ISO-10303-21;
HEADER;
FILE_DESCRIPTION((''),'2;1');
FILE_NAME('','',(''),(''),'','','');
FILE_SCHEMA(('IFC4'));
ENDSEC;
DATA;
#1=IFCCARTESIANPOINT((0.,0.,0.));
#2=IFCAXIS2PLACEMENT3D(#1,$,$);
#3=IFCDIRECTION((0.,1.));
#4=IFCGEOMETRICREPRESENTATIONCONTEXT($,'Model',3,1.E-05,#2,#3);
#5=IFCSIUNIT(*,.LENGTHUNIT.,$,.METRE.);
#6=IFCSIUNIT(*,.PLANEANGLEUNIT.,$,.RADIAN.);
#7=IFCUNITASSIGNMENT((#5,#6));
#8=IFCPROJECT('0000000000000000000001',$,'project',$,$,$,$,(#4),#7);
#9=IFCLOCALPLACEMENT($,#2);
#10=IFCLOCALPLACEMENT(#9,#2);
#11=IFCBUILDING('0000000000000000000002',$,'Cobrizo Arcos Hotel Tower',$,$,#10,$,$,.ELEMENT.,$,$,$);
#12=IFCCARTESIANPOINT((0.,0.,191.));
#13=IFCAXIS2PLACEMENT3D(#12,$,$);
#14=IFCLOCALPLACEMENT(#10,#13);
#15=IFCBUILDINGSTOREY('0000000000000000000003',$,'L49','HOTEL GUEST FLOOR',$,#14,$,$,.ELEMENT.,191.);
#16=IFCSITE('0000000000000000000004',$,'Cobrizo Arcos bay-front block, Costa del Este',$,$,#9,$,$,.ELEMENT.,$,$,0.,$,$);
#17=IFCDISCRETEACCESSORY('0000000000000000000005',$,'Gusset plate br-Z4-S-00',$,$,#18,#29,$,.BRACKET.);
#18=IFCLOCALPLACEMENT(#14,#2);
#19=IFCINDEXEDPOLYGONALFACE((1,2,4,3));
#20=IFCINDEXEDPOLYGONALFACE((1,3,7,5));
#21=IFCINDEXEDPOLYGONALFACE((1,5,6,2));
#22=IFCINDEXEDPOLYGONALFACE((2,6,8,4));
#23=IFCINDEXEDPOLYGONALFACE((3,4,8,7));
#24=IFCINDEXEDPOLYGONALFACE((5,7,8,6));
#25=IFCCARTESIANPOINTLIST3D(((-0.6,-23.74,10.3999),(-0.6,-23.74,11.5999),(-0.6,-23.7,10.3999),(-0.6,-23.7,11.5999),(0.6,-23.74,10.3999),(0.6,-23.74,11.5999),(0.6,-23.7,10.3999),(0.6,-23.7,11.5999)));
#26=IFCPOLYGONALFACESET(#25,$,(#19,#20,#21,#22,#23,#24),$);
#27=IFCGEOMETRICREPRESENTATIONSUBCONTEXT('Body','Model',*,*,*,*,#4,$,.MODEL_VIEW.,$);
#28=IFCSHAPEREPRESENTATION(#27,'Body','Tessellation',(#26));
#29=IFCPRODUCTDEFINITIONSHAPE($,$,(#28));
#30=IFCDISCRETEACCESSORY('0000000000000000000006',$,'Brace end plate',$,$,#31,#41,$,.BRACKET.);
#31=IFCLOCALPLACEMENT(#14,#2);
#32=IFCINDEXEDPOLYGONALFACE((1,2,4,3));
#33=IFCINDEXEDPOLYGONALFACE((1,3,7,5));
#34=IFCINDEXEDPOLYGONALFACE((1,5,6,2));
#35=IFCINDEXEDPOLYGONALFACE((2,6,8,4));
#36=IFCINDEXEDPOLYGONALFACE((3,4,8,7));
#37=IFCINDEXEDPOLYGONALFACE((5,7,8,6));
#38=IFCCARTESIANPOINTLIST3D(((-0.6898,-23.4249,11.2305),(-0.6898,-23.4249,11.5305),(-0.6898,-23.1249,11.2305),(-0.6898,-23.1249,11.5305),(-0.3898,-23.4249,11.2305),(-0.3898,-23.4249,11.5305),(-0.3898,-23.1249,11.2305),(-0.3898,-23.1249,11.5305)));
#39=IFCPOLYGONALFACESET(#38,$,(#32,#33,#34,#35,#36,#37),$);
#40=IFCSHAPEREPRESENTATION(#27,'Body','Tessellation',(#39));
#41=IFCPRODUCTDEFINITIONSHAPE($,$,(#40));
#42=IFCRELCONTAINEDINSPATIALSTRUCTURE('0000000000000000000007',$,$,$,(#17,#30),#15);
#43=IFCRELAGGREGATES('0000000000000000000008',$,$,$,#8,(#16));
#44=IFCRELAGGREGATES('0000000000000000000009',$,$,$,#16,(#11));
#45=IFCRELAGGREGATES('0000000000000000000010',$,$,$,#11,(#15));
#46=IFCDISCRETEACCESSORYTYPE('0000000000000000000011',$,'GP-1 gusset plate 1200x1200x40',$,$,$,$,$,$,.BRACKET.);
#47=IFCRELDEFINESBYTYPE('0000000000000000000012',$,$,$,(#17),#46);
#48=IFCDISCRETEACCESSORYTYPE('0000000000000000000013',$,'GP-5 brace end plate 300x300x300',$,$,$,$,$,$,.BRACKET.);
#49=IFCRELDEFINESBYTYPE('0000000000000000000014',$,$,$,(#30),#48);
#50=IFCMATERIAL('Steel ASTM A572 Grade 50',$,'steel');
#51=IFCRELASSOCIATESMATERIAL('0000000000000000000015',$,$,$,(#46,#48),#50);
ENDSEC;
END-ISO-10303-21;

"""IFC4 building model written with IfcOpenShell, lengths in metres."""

from ifc_helpers import new_model, si_unit, direction, frame, origin, origin_2d, place, context, subcontext, project, spatial, rectangle, extrude, material, type_object, element, save


model = new_model("IFC4")

# Units and contexts
model_context = context("Model", 3, precision=1e-05, world=origin(), true_north=direction((0.0, 1.0)))
body_context = subcontext(model_context, "Body", "Model", "MODEL_VIEW")
ifc_project = project(units=[si_unit("LENGTHUNIT", "METRE"), si_unit("PLANEANGLEUNIT", "RADIAN")], contexts=[model_context])

# Site, building, storey
site_placement = place(None, origin())
site = spatial("IfcSite", under=ifc_project, at=site_placement, Name="Cobrizo Arcos bay-front block, Costa del Este", CompositionType="ELEMENT", RefElevation=0.0)
building_placement = place(site_placement, origin())
building = spatial("IfcBuilding", under=site, at=building_placement, Name="Cobrizo Arcos Hotel Tower", CompositionType="ELEMENT")
storey_placement = place(building_placement, frame((0.0, 0.0, 191.0)))
storey = spatial("IfcBuildingStorey", under=building, at=storey_placement, Name="L49", Description="HOTEL GUEST FLOOR", CompositionType="ELEMENT", Elevation=191.0)

# Shared definitions
ifc_material_1 = material(Name="Steel ASTM A572 Grade 50", Category="steel")

# Discrete accessories
discrete_accessory_type_1 = type_object("IfcDiscreteAccessoryType", Name="GP-1 gusset plate 1200x1200x40", PredefinedType="BRACKET", material=ifc_material_1)
discrete_accessory_1_placement = place(storey_placement, frame((0.0, -23.72, 10.3999), z_axis=(0.0, 0.0, 1.0), x_axis=(1.0, 0.0, 0.0)))
element("IfcDiscreteAccessory", 1, at=discrete_accessory_1_placement, inside=storey, type_object=discrete_accessory_type_1, Name="Gusset plate br-Z4-S-00", PredefinedType="BRACKET", context=body_context, shape_type="SweptSolid", body=[
    extrude(rectangle(XDim=1.2, YDim=0.04, at=origin_2d()), origin(), (0.0, 0.0, 1.0), 1.2),
])
discrete_accessory_type_2 = type_object("IfcDiscreteAccessoryType", Name="GP-5 brace end plate 300x300x300", PredefinedType="BRACKET", material=ifc_material_1)
discrete_accessory_2_placement = place(storey_placement, frame((-0.5398, -23.2749, 11.2305), z_axis=(0.0, 0.0, 1.0), x_axis=(1.0, 0.0, 0.0)))
element("IfcDiscreteAccessory", 2, at=discrete_accessory_2_placement, inside=storey, type_object=discrete_accessory_type_2, Name="Brace end plate", PredefinedType="BRACKET", context=body_context, shape_type="SweptSolid", body=[
    extrude(rectangle(XDim=0.3, YDim=0.3, at=origin_2d()), origin(), (0.0, 0.0, 1.0), 0.3),
])

save(model, "model.ifc")
